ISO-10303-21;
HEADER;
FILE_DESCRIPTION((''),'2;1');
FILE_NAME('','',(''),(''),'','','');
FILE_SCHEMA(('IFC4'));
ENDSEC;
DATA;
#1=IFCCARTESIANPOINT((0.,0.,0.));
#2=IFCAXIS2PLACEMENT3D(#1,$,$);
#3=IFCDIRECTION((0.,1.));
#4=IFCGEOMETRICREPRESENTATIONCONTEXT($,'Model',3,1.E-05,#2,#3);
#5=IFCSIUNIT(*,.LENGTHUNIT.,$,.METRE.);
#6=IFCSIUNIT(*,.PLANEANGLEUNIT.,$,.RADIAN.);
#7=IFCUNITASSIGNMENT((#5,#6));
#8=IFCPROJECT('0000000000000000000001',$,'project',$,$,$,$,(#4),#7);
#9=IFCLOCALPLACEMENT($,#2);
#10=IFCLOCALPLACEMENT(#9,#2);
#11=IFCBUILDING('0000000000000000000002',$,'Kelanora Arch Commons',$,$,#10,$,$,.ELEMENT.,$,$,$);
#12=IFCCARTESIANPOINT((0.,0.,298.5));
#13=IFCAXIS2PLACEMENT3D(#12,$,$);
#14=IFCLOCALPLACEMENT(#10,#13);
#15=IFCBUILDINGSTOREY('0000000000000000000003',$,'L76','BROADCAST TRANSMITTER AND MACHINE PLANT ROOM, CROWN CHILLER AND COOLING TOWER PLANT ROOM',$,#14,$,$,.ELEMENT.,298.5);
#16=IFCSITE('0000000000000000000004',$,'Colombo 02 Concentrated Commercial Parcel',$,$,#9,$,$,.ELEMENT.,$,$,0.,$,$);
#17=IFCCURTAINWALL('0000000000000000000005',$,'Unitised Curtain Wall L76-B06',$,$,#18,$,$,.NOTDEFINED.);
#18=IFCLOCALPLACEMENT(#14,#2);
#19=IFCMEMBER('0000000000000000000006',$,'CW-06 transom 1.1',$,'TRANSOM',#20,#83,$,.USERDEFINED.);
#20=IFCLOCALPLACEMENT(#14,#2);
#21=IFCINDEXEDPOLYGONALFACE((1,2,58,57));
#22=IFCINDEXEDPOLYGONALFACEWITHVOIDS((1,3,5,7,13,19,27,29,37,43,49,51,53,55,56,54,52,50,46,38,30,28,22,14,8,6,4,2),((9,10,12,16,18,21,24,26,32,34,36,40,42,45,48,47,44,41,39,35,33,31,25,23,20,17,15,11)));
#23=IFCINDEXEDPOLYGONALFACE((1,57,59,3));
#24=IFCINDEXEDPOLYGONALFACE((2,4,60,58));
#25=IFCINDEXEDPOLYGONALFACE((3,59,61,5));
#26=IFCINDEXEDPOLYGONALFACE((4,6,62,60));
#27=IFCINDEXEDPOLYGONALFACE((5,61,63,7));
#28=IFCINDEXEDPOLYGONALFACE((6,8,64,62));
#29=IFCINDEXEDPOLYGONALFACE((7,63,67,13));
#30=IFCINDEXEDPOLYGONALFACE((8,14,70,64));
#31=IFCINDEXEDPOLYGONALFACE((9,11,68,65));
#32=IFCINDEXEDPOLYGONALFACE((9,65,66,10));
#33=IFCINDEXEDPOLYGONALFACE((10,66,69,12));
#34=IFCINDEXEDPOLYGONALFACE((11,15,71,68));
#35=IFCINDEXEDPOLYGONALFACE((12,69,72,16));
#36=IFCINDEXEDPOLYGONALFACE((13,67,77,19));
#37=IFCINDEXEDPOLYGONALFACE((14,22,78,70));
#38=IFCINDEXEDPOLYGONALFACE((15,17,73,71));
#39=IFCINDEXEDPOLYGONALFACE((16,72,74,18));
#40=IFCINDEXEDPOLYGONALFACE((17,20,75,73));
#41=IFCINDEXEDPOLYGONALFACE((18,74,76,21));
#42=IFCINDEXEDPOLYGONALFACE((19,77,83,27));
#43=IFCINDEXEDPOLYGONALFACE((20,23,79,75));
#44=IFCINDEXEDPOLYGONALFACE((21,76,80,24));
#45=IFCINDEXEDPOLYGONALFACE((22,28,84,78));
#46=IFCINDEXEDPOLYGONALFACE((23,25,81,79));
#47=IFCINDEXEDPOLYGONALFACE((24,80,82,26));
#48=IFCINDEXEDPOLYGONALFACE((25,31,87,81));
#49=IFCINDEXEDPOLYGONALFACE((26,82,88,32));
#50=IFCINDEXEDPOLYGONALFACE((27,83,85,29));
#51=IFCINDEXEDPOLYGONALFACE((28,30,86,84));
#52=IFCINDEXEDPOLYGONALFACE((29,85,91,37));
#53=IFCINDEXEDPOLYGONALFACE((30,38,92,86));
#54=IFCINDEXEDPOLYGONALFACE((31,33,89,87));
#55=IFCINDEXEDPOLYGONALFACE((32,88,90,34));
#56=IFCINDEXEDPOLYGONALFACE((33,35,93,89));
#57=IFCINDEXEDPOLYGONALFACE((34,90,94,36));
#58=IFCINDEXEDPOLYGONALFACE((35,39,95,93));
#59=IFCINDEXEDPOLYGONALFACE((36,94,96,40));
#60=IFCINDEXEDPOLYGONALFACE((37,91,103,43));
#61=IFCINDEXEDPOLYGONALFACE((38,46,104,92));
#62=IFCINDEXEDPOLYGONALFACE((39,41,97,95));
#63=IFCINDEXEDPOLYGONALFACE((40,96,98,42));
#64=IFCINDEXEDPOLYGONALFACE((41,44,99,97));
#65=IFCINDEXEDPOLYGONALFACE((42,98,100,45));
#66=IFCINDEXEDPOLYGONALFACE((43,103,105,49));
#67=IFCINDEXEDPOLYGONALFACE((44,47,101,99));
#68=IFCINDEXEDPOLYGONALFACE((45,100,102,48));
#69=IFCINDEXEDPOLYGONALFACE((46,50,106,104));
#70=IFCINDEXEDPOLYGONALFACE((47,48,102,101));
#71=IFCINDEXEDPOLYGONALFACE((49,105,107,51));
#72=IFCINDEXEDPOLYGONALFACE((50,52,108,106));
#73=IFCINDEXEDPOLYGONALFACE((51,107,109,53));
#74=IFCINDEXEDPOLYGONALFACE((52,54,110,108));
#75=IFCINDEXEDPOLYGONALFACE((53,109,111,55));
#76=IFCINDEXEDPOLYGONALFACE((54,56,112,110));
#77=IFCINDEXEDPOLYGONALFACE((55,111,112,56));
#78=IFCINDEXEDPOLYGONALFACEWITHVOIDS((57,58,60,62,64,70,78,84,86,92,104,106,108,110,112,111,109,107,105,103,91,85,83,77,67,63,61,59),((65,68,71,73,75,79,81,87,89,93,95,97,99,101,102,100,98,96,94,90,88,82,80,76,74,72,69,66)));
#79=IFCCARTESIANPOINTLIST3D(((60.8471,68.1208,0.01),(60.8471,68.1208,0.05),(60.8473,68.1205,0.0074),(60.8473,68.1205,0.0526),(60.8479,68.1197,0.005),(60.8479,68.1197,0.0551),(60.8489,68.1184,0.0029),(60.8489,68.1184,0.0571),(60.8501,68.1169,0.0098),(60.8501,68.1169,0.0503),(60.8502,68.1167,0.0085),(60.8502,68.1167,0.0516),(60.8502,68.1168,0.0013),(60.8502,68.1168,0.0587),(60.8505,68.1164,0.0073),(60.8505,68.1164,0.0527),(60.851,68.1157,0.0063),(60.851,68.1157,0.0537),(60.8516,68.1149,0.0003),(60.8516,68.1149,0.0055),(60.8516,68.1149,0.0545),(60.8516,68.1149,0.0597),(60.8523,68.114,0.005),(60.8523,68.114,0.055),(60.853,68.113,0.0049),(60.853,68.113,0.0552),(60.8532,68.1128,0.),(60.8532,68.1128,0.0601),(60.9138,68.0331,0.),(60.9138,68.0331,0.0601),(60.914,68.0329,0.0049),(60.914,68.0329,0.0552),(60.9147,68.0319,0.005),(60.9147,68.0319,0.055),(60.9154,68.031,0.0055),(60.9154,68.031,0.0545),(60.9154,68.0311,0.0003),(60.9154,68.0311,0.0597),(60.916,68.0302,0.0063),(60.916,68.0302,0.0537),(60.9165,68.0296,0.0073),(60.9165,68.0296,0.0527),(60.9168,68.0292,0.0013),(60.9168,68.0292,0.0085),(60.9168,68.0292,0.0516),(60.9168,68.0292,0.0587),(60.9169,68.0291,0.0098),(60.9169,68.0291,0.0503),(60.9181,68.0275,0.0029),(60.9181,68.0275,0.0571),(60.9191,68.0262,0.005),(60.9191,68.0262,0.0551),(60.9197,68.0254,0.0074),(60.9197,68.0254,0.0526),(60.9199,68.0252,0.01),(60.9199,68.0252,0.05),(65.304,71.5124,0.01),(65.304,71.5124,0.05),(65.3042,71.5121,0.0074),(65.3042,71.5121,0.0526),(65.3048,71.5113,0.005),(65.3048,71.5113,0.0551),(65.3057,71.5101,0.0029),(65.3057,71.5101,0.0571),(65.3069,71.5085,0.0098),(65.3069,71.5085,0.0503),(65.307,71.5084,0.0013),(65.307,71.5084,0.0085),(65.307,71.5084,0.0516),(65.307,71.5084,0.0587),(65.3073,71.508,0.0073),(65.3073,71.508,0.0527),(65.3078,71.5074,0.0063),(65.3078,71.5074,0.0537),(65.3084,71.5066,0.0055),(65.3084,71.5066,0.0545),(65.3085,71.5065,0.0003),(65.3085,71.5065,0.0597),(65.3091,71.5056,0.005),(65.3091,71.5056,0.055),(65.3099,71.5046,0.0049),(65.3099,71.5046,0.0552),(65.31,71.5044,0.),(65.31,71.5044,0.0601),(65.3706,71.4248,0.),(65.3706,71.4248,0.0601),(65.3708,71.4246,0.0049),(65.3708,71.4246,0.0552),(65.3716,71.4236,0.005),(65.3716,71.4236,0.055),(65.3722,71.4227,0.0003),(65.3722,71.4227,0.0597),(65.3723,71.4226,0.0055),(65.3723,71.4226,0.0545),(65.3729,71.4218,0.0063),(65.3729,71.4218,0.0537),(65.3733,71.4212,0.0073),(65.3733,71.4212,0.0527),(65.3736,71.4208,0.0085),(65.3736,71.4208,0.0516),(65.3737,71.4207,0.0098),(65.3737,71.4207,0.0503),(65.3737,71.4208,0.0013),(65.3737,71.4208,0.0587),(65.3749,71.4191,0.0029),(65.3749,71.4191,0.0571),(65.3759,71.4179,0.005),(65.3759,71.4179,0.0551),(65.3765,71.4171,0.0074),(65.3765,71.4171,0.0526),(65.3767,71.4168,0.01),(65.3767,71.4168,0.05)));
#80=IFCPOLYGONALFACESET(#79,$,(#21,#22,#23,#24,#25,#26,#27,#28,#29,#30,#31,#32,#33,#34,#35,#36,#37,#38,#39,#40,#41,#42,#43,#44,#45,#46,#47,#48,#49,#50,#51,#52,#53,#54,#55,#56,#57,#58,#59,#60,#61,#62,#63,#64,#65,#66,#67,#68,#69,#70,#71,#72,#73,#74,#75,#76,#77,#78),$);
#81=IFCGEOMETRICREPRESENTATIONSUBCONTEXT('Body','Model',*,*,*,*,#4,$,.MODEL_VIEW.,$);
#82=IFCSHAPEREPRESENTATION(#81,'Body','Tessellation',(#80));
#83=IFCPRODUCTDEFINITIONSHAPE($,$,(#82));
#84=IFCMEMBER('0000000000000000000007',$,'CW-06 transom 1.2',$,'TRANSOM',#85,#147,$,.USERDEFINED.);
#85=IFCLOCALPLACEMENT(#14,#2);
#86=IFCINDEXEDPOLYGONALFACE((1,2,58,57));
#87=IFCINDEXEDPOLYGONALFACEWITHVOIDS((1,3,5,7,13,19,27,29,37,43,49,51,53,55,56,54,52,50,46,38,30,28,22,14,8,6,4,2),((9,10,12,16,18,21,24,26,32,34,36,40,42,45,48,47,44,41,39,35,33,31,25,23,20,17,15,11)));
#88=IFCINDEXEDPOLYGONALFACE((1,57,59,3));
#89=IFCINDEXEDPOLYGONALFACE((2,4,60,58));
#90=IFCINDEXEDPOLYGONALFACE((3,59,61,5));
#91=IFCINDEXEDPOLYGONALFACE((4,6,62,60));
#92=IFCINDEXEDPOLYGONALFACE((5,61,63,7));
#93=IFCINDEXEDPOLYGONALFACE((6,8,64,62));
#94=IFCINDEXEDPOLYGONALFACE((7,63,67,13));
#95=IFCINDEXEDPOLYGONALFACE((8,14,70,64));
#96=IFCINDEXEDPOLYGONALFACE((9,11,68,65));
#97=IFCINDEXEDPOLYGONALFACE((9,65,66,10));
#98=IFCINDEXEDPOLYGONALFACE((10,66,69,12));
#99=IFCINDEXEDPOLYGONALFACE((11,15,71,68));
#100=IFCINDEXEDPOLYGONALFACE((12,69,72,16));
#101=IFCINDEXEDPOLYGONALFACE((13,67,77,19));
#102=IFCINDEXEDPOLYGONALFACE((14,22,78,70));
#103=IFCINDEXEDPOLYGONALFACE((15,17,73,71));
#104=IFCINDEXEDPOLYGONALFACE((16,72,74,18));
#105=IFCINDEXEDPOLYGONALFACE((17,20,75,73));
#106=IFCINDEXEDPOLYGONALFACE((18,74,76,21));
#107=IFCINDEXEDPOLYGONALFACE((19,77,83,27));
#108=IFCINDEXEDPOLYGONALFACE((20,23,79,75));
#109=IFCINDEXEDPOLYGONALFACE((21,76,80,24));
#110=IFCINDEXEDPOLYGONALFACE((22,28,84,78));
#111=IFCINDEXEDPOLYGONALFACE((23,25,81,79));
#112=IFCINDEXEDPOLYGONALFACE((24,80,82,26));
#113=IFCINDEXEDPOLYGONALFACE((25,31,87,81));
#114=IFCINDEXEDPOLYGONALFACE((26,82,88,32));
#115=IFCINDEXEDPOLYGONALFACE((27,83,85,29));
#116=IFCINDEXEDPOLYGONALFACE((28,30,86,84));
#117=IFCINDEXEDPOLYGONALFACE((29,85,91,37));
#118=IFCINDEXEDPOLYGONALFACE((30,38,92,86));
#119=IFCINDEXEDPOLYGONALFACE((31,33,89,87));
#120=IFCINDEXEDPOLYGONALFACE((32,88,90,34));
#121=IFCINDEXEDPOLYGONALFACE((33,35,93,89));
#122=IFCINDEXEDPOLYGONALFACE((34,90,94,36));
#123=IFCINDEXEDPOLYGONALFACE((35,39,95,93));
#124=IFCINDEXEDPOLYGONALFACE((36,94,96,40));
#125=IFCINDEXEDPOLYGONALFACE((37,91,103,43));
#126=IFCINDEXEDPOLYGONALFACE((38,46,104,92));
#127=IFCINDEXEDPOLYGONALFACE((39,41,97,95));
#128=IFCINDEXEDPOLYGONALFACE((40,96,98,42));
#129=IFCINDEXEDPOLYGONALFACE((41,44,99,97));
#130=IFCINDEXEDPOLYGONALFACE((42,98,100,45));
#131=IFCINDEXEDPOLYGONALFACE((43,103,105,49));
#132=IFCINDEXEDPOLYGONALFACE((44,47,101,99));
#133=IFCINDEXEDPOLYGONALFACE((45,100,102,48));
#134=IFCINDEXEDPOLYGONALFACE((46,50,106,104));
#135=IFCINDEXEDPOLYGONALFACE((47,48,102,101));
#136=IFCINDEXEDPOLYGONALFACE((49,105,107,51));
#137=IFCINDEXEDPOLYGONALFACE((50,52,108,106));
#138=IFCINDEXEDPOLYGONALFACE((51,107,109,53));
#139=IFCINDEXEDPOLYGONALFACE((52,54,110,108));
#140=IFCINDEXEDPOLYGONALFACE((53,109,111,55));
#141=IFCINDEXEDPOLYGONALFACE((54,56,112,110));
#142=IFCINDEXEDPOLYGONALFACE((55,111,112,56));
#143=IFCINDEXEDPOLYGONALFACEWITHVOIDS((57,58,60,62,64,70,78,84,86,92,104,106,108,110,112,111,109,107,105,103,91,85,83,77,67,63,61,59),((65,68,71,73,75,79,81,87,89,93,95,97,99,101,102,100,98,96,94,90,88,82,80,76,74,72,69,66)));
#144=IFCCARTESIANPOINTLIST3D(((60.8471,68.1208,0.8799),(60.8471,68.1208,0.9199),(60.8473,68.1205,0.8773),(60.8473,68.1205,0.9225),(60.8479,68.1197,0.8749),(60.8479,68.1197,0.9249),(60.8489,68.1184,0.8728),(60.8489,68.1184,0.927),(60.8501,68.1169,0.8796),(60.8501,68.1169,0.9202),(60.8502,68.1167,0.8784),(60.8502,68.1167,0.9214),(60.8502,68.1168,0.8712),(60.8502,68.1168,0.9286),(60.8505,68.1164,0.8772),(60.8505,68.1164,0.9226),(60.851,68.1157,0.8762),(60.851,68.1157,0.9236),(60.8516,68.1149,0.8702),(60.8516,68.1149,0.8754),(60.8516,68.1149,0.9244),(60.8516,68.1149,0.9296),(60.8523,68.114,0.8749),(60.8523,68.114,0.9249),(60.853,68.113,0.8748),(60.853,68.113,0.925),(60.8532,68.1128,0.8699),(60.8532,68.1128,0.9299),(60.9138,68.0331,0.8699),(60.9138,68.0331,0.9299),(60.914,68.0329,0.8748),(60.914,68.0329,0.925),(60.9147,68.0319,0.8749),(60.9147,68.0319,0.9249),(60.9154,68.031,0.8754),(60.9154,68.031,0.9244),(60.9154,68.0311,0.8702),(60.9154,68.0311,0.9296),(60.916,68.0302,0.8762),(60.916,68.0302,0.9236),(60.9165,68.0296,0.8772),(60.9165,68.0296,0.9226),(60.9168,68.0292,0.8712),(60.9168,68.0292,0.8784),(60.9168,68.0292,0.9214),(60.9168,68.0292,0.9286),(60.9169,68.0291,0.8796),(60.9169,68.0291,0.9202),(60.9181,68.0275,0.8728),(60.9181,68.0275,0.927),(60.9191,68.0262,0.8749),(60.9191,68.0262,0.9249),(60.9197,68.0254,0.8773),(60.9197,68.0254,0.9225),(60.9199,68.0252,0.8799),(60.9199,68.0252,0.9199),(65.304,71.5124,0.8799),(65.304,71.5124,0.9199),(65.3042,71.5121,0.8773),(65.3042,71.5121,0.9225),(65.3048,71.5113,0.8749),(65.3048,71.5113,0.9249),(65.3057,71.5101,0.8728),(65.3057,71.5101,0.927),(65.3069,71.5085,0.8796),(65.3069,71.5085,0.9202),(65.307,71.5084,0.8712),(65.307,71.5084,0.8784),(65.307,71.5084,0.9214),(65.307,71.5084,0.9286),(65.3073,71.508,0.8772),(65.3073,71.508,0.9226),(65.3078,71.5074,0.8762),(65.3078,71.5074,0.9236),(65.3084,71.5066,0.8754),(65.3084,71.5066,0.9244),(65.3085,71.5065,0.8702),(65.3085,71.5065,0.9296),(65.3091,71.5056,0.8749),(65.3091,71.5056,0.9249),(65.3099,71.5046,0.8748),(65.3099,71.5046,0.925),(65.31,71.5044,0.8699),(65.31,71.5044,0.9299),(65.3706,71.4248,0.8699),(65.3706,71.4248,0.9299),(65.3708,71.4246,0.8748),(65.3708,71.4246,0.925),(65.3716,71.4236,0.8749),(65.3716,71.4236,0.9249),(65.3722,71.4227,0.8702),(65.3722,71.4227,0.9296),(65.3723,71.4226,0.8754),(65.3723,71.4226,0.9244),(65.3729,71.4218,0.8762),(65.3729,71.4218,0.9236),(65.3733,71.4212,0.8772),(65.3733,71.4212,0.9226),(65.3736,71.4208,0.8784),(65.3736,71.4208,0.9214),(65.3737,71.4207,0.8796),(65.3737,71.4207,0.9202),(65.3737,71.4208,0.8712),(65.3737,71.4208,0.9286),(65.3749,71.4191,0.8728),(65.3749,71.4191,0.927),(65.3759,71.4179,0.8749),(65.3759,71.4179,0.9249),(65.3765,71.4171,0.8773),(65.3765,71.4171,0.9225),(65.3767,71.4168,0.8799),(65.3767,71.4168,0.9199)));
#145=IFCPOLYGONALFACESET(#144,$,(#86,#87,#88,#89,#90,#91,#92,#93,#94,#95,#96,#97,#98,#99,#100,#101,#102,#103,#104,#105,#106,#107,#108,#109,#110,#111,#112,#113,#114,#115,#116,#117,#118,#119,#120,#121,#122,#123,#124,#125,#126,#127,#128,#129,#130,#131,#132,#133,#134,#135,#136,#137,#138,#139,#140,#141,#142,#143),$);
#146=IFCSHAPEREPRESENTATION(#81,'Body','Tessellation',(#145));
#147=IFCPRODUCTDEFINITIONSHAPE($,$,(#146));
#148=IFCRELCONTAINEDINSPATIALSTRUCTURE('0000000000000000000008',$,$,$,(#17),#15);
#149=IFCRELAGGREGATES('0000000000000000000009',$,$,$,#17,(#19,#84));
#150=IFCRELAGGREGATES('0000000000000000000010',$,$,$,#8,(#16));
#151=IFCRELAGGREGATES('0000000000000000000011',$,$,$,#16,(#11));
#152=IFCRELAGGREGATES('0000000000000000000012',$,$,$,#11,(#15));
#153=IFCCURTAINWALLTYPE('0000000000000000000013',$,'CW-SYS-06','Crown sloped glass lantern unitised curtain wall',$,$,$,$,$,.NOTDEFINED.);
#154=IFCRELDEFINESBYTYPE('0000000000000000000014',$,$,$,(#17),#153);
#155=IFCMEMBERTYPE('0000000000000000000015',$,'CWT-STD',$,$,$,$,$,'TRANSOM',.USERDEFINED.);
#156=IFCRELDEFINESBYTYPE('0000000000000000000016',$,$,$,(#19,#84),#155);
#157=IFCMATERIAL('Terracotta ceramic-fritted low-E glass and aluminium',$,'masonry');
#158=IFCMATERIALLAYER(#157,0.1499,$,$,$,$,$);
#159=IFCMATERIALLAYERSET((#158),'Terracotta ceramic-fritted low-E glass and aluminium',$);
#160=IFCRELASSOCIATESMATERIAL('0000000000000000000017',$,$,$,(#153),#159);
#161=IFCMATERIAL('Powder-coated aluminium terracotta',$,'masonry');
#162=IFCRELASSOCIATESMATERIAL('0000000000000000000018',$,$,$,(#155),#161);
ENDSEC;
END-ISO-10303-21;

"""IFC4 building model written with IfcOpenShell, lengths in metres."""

from ifc_helpers import new_model, si_unit, direction, frame, origin, origin_2d, place, context, subcontext, project, spatial, hollow_rectangle, extrude, material, layer, layer_set, material_profile, profile_set, type_object, element, aggregate, save


model = new_model("IFC4")

# Units and contexts
model_context = context("Model", 3, precision=1e-05, world=origin(), true_north=direction((0.0, 1.0)))
body_context = subcontext(model_context, "Body", "Model", "MODEL_VIEW")
ifc_project = project(units=[si_unit("LENGTHUNIT", "METRE"), si_unit("PLANEANGLEUNIT", "RADIAN")], contexts=[model_context])

# Site, building, storey
site_placement = place(None, origin())
site = spatial("IfcSite", under=ifc_project, at=site_placement, Name="Colombo 02 Concentrated Commercial Parcel", CompositionType="ELEMENT", RefElevation=0.0)
building_placement = place(site_placement, origin())
building = spatial("IfcBuilding", under=site, at=building_placement, Name="Kelanora Arch Commons", CompositionType="ELEMENT")
storey_placement = place(building_placement, frame((0.0, 0.0, 298.5)))
storey = spatial("IfcBuildingStorey", under=building, at=storey_placement, Name="L76", Description="BROADCAST TRANSMITTER AND MACHINE PLANT ROOM, CROWN CHILLER AND COOLING TOWER PLANT ROOM", CompositionType="ELEMENT", Elevation=298.5)

# Shared definitions
ifc_material_1 = material(Name="Terracotta ceramic-fritted low-E glass and aluminium", Category="masonry")
ifc_layer_1 = layer(ifc_material_1, 0.1499)
ifc_layer_set_1 = layer_set([ifc_layer_1], Name="Terracotta ceramic-fritted low-E glass and aluminium")
curtain_wall_type = type_object("IfcCurtainWallType", Name="CW-SYS-06", Description="Crown sloped glass lantern unitised curtain wall", PredefinedType="NOTDEFINED", material=ifc_layer_set_1)
ifc_material_2 = material(Name="Powder-coated aluminium terracotta", Category="masonry")

# Curtain wall
curtain_wall_1_placement = place(storey_placement, origin())
curtain_wall_1 = element("IfcCurtainWall", 1, at=curtain_wall_1_placement, inside=storey, type_object=curtain_wall_type, Name="Unitised Curtain Wall L76-B06", PredefinedType="NOTDEFINED")

# Members
ifc_material_profile_1 = material_profile(ifc_material_2, hollow_rectangle(XDim=0.1201, YDim=0.0601, WallThickness=0.0049, InnerFilletRadius=0.0049, OuterFilletRadius=0.01, at=origin_2d()), Name="CWT120x60")
ifc_profile_set_1 = profile_set([ifc_material_profile_1], Name="Powder-coated aluminium terracotta")
member_type_1 = type_object("IfcMemberType", Name="CWT-STD", ElementType="TRANSOM", PredefinedType="USERDEFINED", material=ifc_profile_set_1)
member_1_placement = place(storey_placement, frame((65.3403, 71.4646, 0.03), z_axis=(-0.79578, -0.605586, 0.0), x_axis=(0.605586, -0.79578, 0.0)))
member_1 = element("IfcMember", 2, at=member_1_placement, type_object=member_type_1, Name="CW-06 transom 1.1", ObjectType="TRANSOM", PredefinedType="USERDEFINED", context=body_context, shape_type="SweptSolid", body=[
    extrude(hollow_rectangle(XDim=0.1201, YDim=0.0601, WallThickness=0.0049, InnerFilletRadius=0.0049, OuterFilletRadius=0.01, at=origin_2d()), origin(), (0.0, 0.0, 1.0), 5.6006),
])
member_2_placement = place(storey_placement, frame((65.3403, 71.4646, 0.8999), z_axis=(-0.79578, -0.605586, 0.0), x_axis=(0.605586, -0.79578, 0.0)))
member_2 = element("IfcMember", 3, at=member_2_placement, type_object=member_type_1, Name="CW-06 transom 1.2", ObjectType="TRANSOM", PredefinedType="USERDEFINED", context=body_context, shape_type="SweptSolid", body=[
    extrude(hollow_rectangle(XDim=0.1201, YDim=0.0601, WallThickness=0.0049, InnerFilletRadius=0.0049, OuterFilletRadius=0.01, at=origin_2d()), origin(), (0.0, 0.0, 1.0), 5.6006),
])

aggregate(curtain_wall_1, [member_1, member_2])

save(model, "model.ifc")
